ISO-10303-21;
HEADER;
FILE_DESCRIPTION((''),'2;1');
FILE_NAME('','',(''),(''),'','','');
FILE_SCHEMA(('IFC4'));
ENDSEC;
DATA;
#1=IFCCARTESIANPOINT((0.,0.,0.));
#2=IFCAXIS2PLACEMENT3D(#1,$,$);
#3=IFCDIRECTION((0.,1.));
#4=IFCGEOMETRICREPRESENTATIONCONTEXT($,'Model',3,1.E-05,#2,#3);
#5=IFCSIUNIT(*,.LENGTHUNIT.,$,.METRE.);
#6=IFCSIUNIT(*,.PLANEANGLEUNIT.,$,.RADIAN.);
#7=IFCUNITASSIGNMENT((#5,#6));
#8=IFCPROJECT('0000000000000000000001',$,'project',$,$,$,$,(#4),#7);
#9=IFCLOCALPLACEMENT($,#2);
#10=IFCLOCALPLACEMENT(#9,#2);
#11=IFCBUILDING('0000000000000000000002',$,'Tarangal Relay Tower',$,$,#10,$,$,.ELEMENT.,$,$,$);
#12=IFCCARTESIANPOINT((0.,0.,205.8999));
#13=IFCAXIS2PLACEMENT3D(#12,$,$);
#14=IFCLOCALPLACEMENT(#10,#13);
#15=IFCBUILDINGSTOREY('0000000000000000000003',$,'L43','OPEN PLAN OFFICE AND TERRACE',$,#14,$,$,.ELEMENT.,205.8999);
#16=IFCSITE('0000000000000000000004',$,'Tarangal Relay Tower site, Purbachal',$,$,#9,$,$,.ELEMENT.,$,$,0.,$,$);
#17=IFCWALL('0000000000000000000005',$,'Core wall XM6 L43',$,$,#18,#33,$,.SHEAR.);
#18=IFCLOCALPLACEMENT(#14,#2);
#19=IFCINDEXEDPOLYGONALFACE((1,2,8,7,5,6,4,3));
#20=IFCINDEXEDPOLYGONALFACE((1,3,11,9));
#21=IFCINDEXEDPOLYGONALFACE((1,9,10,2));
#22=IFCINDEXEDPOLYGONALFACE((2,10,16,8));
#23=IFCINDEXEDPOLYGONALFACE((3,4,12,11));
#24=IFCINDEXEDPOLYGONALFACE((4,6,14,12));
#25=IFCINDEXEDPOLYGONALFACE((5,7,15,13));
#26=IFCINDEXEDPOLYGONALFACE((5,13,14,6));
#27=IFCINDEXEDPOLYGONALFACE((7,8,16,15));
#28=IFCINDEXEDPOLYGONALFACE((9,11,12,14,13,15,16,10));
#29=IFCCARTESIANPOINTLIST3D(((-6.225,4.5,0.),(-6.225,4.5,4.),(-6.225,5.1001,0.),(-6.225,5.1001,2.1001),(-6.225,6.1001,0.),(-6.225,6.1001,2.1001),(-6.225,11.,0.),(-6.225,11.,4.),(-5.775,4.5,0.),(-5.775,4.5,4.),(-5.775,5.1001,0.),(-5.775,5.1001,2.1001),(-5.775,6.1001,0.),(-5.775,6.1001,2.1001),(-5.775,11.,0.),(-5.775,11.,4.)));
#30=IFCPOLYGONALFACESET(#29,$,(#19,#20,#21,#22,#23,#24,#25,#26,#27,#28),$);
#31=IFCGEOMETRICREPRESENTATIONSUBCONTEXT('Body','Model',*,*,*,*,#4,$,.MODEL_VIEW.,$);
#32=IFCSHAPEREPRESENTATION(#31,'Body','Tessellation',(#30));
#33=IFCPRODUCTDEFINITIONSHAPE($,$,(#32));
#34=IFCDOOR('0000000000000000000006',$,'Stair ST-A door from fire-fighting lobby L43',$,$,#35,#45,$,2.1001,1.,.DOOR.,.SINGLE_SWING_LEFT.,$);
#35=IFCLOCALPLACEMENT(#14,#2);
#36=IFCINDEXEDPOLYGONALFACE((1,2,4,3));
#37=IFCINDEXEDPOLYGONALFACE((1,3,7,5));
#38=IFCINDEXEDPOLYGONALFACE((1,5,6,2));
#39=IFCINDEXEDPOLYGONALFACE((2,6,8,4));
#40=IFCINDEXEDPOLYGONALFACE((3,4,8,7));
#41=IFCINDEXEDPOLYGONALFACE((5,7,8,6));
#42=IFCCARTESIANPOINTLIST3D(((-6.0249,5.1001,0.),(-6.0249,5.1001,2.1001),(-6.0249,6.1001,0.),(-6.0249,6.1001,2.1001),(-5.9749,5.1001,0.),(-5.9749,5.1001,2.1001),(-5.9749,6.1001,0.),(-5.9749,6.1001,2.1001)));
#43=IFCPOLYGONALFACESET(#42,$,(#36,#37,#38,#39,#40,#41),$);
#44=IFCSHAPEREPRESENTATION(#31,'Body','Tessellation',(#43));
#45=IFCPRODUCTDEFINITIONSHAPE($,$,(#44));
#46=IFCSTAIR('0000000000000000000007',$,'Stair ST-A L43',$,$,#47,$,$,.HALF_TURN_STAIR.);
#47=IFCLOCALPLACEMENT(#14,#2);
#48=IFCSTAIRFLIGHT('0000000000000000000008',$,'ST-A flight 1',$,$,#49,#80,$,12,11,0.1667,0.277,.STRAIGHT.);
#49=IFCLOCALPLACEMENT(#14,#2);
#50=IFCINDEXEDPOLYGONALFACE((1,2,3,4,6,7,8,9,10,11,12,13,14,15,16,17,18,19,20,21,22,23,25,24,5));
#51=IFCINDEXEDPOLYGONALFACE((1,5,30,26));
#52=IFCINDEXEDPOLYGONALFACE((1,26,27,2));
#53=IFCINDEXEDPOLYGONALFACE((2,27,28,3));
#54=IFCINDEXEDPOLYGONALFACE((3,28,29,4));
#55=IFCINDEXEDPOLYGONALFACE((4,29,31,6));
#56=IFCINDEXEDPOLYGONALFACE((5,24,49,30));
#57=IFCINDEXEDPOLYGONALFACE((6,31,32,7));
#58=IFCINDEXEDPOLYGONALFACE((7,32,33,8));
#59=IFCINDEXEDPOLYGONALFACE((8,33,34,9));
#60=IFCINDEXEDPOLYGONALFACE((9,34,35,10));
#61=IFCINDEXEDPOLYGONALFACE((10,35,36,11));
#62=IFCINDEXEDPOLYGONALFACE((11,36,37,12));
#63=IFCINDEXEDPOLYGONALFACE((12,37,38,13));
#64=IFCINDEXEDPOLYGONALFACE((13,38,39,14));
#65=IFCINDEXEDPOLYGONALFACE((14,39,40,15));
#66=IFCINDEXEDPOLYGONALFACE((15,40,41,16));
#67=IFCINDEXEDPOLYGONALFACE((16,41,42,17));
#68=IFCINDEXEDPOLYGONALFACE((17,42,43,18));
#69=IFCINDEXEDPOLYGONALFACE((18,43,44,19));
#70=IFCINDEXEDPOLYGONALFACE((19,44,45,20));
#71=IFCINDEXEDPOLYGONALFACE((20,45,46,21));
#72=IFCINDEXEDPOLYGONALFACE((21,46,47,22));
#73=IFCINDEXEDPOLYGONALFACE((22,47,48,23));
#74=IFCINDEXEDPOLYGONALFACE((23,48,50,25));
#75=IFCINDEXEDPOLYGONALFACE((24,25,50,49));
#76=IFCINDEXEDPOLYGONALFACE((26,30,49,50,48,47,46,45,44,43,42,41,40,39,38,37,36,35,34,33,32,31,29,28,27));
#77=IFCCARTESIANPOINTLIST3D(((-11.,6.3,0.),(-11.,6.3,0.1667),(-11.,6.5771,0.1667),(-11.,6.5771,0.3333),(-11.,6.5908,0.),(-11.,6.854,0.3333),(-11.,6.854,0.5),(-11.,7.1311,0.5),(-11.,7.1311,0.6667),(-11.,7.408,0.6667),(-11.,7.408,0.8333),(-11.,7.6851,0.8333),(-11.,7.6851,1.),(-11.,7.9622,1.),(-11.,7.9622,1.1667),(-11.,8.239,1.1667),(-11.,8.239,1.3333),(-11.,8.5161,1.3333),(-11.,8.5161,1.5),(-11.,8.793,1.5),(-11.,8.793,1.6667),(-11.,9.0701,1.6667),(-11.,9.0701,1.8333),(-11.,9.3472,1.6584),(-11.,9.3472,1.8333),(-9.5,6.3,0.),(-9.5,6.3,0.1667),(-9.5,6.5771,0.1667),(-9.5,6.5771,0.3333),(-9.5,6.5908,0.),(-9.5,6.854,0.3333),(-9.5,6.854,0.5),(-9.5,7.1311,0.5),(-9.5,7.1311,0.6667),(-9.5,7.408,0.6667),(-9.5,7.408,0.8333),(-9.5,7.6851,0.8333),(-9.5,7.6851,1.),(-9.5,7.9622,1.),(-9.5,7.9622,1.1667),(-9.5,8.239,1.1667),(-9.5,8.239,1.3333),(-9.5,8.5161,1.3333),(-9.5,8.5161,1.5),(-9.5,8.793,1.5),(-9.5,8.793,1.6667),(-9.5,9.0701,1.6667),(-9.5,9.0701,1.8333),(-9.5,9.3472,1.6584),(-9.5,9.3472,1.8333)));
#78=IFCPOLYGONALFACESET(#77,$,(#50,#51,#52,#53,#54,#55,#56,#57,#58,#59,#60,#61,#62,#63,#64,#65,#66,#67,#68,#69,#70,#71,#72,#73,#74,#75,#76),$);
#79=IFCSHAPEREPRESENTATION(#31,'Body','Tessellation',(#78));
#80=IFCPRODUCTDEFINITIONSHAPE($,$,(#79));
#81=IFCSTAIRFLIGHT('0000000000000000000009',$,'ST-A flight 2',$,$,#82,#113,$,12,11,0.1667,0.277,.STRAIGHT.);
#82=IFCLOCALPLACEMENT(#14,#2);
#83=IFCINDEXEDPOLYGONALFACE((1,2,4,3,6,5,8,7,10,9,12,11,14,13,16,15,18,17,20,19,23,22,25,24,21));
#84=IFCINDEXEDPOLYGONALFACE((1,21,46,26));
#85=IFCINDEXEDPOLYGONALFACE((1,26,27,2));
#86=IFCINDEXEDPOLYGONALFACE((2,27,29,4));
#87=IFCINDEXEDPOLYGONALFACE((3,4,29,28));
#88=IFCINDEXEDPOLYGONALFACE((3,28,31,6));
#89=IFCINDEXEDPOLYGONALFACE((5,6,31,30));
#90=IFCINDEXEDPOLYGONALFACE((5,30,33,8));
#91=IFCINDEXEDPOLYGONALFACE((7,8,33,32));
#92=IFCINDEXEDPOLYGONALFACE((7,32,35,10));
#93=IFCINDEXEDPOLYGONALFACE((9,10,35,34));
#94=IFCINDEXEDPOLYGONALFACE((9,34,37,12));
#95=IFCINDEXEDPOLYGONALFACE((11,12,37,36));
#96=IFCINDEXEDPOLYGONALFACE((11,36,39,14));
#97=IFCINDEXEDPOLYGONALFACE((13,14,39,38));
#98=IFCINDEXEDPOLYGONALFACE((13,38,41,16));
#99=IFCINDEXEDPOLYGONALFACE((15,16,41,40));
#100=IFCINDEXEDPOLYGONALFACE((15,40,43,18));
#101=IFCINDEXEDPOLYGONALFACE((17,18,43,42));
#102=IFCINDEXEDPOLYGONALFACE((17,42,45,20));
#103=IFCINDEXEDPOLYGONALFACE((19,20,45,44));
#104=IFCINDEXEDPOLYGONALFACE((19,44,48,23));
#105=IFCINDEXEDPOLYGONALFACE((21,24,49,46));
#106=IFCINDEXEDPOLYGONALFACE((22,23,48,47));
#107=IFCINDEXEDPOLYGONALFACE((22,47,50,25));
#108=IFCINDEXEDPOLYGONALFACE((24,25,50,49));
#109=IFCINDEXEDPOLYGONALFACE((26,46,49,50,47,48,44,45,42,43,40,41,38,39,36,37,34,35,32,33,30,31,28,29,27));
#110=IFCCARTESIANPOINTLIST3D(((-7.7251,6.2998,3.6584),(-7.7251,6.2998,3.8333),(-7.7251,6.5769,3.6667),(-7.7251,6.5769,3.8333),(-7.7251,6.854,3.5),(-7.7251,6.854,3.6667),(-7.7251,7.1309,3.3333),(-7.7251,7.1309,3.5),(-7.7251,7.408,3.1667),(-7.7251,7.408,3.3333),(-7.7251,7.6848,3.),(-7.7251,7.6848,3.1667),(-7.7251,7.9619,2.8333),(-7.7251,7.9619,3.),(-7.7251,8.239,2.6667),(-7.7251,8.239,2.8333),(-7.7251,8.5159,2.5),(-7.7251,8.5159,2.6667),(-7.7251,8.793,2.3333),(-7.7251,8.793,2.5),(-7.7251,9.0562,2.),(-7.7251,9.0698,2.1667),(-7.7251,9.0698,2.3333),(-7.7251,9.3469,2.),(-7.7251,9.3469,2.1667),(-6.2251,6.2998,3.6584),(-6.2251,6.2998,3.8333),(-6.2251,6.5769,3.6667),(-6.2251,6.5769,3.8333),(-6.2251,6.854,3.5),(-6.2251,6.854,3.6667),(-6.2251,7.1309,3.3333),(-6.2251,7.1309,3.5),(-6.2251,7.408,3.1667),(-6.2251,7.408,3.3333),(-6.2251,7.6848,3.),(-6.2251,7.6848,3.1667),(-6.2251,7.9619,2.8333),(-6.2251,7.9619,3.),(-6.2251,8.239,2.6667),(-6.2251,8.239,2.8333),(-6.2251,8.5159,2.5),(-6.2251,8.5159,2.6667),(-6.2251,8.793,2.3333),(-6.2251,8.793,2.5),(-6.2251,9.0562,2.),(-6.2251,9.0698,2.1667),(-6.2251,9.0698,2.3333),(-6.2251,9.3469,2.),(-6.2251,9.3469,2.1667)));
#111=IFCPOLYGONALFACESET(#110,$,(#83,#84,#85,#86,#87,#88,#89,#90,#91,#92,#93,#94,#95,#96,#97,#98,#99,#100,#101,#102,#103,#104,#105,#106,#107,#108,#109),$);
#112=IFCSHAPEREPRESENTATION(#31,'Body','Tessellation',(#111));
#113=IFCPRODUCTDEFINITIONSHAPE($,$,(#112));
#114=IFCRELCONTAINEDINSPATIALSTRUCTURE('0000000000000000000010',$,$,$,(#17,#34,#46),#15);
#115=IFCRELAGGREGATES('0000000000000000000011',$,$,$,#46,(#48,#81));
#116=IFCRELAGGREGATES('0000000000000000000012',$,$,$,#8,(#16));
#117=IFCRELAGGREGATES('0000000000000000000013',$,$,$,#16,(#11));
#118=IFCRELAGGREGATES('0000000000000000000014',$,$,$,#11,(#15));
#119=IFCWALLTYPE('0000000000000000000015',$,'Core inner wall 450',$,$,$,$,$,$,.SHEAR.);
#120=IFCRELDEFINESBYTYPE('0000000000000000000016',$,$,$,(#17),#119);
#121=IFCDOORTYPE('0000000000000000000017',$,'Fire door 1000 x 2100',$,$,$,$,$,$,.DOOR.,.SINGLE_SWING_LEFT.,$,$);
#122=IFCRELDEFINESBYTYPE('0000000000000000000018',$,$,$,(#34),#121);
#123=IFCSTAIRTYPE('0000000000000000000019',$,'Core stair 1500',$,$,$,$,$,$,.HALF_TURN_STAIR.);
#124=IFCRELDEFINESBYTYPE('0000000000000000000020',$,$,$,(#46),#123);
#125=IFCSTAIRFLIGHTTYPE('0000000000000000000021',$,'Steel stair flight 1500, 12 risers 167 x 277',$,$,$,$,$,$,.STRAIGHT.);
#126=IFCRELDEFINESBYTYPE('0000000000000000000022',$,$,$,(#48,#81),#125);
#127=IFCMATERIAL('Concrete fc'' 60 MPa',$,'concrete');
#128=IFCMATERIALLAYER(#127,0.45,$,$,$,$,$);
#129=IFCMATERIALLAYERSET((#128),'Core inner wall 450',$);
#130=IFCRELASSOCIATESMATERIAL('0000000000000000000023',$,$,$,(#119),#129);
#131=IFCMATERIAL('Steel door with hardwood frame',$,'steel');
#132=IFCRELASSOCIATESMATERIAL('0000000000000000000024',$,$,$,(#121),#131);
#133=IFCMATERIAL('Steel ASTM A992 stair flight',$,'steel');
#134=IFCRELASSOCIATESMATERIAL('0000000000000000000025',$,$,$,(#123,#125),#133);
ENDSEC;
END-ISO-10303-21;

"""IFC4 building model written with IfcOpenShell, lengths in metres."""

from ifc_helpers import new_model, si_unit, direction, frame, frame_2d, origin, place, context, subcontext, project, spatial, polyline, rectangle, outline, extrude, material, layer, layer_set, type_object, element, fill, aggregate, save


model = new_model("IFC4")

# Units and contexts
model_context = context("Model", 3, precision=1e-05, world=origin(), true_north=direction((0.0, 1.0)))
body_context = subcontext(model_context, "Body", "Model", "MODEL_VIEW")
ifc_project = project(units=[si_unit("LENGTHUNIT", "METRE"), si_unit("PLANEANGLEUNIT", "RADIAN")], contexts=[model_context])

# Site, building, storey
site_placement = place(None, origin())
site = spatial("IfcSite", under=ifc_project, at=site_placement, Name="Tarangal Relay Tower site, Purbachal", CompositionType="ELEMENT", RefElevation=0.0)
building_placement = place(site_placement, origin())
building = spatial("IfcBuilding", under=site, at=building_placement, Name="Tarangal Relay Tower", CompositionType="ELEMENT")
storey_placement = place(building_placement, frame((0.0, 0.0, 205.8999)))
storey = spatial("IfcBuildingStorey", under=building, at=storey_placement, Name="L43", Description="OPEN PLAN OFFICE AND TERRACE", CompositionType="ELEMENT", Elevation=205.8999)

# Shared definitions
ifc_material_1 = material(Name="Concrete fc' 60 MPa", Category="concrete")
ifc_layer = layer(ifc_material_1, 0.45)
ifc_layer_set = layer_set([ifc_layer], Name="Core inner wall 450")
wall_type = type_object("IfcWallType", Name="Core inner wall 450", PredefinedType="SHEAR", material=ifc_layer_set)
ifc_material_2 = material(Name="Steel door with hardwood frame", Category="steel")
door_type_1 = type_object("IfcDoorType", Name="Fire door 1000 x 2100", OperationType="SINGLE_SWING_LEFT", PredefinedType="DOOR", material=ifc_material_2)

# Wall, opening, door
wall_1_placement = place(storey_placement, frame((-6.0, 4.5, 0.0), z_axis=(0.0, 0.0, 1.0), x_axis=(0.0, 1.0, 0.0)))
wall_1 = element("IfcWall", 1, at=wall_1_placement, inside=storey, type_object=wall_type, Name="Core wall XM6 L43", PredefinedType="SHEAR", context=body_context, shape_type="SweptSolid", body=[
    extrude(rectangle(XDim=6.5, YDim=0.45, at=frame_2d((3.25, 0.0))), origin(), (0.0, 0.0, 1.0), 4.0),
])
opening_1_placement = place(wall_1_placement, frame((0.6001, 0.0, 0.0)))
opening_1 = element("IfcOpeningElement", 2, at=opening_1_placement, cuts=wall_1, PredefinedType="OPENING", context=body_context, shape_type="SweptSolid", body=[
    extrude(rectangle(XDim=1.0, YDim=2.1001, at=frame_2d((0.5, 1.05))), frame((0.0, 0.2349, 0.0), z_axis=(0.0, -1.0, 0.0), x_axis=(1.0, 0.0, 0.0)), (0.0, 0.0, 1.0), 0.47),
])
door_1_placement = place(opening_1_placement, origin())
door_1 = element("IfcDoor", 3, at=door_1_placement, inside=storey, type_object=door_type_1, Name="Stair ST-A door from fire-fighting lobby L43", OperationType="SINGLE_SWING_LEFT", OverallHeight=2.1001, OverallWidth=1.0, PredefinedType="DOOR", context=body_context, shape_type="SweptSolid", body=[
    extrude(rectangle(XDim=1.0, YDim=2.1001, at=frame_2d((0.5, 1.05))), frame((0.0, 0.0249, 0.0), z_axis=(0.0, -1.0, 0.0), x_axis=(1.0, 0.0, 0.0)), (0.0, 0.0, 1.0), 0.05),
])
fill(opening_1, door_1)

# Stair, stair flights
ifc_material_3 = material(Name="Steel ASTM A992 stair flight", Category="steel")
stair_type = type_object("IfcStairType", Name="Core stair 1500", PredefinedType="HALF_TURN_STAIR", material=ifc_material_3)
stair_placement = place(storey_placement, origin())
stair = element("IfcStair", 4, at=stair_placement, inside=storey, type_object=stair_type, Name="Stair ST-A L43", PredefinedType="HALF_TURN_STAIR")
stair_flight_type = type_object("IfcStairFlightType", Name="Steel stair flight 1500, 12 risers 167 x 277", PredefinedType="STRAIGHT", material=ifc_material_3)
stair_flight_1_placement = place(storey_placement, frame((-10.25, 6.3, 0.0), z_axis=(0.0, 0.0, 1.0), x_axis=(0.0, 1.0, 0.0)))
stair_flight_1 = element("IfcStairFlight", 5, at=stair_flight_1_placement, type_object=stair_flight_type, Name="ST-A flight 1", NumberOfRisers=12, NumberOfTreads=11, PredefinedType="STRAIGHT", RiserHeight=0.1667, TreadLength=0.277, context=body_context, shape_type="SweptSolid", body=[
    extrude(outline(polyline([(0.0, 0.0), (0.0, 0.1667), (0.2771, 0.1667), (0.2771, 0.3333), (0.554, 0.3333), (0.554, 0.5), (0.8311, 0.5), (0.8311, 0.6667), (1.1079, 0.6667), (1.1079, 0.8333), (1.385, 0.8333), (1.385, 1.0), (1.6621, 1.0), (1.6621, 1.1667), (1.939, 1.1667), (1.939, 1.3333), (2.2161, 1.3333), (2.2161, 1.5), (2.4929, 1.5), (2.4929, 1.6667), (2.77, 1.6667), (2.77, 1.8333), (3.0471, 1.8333), (3.0471, 2.0), (3.0471, 1.6584), (0.2908, 0.0), (0.0, 0.0)])), frame((0.0, 0.75, 0.0), z_axis=(0.0, -1.0, 0.0), x_axis=(1.0, 0.0, 0.0)), (0.0, 0.0, 1.0), 1.5),
])
stair_flight_2_placement = place(storey_placement, frame((-6.9751, 9.3469, 2.0), z_axis=(0.0, 0.0, 1.0), x_axis=(0.0, -1.0, 0.0)))
stair_flight_2 = element("IfcStairFlight", 6, at=stair_flight_2_placement, type_object=stair_flight_type, Name="ST-A flight 2", NumberOfRisers=12, NumberOfTreads=11, PredefinedType="STRAIGHT", RiserHeight=0.1667, TreadLength=0.277, context=body_context, shape_type="SweptSolid", body=[
    extrude(outline(polyline([(0.0, 0.0), (0.0, 0.1667), (0.2771, 0.1667), (0.2771, 0.3333), (0.554, 0.3333), (0.554, 0.5), (0.8311, 0.5), (0.8311, 0.6667), (1.1079, 0.6667), (1.1079, 0.8333), (1.385, 0.8333), (1.385, 1.0), (1.6621, 1.0), (1.6621, 1.1667), (1.939, 1.1667), (1.939, 1.3333), (2.2161, 1.3333), (2.2161, 1.5), (2.4929, 1.5), (2.4929, 1.6667), (2.77, 1.6667), (2.77, 1.8333), (3.0471, 1.8333), (3.0471, 2.0), (3.0471, 1.6584), (0.2908, 0.0), (0.0, 0.0)])), frame((0.0, 0.75, 0.0), z_axis=(0.0, -1.0, 0.0), x_axis=(1.0, 0.0, 0.0)), (0.0, 0.0, 1.0), 1.5),
])
aggregate(stair, [stair_flight_1, stair_flight_2])

save(model, "model.ifc")
